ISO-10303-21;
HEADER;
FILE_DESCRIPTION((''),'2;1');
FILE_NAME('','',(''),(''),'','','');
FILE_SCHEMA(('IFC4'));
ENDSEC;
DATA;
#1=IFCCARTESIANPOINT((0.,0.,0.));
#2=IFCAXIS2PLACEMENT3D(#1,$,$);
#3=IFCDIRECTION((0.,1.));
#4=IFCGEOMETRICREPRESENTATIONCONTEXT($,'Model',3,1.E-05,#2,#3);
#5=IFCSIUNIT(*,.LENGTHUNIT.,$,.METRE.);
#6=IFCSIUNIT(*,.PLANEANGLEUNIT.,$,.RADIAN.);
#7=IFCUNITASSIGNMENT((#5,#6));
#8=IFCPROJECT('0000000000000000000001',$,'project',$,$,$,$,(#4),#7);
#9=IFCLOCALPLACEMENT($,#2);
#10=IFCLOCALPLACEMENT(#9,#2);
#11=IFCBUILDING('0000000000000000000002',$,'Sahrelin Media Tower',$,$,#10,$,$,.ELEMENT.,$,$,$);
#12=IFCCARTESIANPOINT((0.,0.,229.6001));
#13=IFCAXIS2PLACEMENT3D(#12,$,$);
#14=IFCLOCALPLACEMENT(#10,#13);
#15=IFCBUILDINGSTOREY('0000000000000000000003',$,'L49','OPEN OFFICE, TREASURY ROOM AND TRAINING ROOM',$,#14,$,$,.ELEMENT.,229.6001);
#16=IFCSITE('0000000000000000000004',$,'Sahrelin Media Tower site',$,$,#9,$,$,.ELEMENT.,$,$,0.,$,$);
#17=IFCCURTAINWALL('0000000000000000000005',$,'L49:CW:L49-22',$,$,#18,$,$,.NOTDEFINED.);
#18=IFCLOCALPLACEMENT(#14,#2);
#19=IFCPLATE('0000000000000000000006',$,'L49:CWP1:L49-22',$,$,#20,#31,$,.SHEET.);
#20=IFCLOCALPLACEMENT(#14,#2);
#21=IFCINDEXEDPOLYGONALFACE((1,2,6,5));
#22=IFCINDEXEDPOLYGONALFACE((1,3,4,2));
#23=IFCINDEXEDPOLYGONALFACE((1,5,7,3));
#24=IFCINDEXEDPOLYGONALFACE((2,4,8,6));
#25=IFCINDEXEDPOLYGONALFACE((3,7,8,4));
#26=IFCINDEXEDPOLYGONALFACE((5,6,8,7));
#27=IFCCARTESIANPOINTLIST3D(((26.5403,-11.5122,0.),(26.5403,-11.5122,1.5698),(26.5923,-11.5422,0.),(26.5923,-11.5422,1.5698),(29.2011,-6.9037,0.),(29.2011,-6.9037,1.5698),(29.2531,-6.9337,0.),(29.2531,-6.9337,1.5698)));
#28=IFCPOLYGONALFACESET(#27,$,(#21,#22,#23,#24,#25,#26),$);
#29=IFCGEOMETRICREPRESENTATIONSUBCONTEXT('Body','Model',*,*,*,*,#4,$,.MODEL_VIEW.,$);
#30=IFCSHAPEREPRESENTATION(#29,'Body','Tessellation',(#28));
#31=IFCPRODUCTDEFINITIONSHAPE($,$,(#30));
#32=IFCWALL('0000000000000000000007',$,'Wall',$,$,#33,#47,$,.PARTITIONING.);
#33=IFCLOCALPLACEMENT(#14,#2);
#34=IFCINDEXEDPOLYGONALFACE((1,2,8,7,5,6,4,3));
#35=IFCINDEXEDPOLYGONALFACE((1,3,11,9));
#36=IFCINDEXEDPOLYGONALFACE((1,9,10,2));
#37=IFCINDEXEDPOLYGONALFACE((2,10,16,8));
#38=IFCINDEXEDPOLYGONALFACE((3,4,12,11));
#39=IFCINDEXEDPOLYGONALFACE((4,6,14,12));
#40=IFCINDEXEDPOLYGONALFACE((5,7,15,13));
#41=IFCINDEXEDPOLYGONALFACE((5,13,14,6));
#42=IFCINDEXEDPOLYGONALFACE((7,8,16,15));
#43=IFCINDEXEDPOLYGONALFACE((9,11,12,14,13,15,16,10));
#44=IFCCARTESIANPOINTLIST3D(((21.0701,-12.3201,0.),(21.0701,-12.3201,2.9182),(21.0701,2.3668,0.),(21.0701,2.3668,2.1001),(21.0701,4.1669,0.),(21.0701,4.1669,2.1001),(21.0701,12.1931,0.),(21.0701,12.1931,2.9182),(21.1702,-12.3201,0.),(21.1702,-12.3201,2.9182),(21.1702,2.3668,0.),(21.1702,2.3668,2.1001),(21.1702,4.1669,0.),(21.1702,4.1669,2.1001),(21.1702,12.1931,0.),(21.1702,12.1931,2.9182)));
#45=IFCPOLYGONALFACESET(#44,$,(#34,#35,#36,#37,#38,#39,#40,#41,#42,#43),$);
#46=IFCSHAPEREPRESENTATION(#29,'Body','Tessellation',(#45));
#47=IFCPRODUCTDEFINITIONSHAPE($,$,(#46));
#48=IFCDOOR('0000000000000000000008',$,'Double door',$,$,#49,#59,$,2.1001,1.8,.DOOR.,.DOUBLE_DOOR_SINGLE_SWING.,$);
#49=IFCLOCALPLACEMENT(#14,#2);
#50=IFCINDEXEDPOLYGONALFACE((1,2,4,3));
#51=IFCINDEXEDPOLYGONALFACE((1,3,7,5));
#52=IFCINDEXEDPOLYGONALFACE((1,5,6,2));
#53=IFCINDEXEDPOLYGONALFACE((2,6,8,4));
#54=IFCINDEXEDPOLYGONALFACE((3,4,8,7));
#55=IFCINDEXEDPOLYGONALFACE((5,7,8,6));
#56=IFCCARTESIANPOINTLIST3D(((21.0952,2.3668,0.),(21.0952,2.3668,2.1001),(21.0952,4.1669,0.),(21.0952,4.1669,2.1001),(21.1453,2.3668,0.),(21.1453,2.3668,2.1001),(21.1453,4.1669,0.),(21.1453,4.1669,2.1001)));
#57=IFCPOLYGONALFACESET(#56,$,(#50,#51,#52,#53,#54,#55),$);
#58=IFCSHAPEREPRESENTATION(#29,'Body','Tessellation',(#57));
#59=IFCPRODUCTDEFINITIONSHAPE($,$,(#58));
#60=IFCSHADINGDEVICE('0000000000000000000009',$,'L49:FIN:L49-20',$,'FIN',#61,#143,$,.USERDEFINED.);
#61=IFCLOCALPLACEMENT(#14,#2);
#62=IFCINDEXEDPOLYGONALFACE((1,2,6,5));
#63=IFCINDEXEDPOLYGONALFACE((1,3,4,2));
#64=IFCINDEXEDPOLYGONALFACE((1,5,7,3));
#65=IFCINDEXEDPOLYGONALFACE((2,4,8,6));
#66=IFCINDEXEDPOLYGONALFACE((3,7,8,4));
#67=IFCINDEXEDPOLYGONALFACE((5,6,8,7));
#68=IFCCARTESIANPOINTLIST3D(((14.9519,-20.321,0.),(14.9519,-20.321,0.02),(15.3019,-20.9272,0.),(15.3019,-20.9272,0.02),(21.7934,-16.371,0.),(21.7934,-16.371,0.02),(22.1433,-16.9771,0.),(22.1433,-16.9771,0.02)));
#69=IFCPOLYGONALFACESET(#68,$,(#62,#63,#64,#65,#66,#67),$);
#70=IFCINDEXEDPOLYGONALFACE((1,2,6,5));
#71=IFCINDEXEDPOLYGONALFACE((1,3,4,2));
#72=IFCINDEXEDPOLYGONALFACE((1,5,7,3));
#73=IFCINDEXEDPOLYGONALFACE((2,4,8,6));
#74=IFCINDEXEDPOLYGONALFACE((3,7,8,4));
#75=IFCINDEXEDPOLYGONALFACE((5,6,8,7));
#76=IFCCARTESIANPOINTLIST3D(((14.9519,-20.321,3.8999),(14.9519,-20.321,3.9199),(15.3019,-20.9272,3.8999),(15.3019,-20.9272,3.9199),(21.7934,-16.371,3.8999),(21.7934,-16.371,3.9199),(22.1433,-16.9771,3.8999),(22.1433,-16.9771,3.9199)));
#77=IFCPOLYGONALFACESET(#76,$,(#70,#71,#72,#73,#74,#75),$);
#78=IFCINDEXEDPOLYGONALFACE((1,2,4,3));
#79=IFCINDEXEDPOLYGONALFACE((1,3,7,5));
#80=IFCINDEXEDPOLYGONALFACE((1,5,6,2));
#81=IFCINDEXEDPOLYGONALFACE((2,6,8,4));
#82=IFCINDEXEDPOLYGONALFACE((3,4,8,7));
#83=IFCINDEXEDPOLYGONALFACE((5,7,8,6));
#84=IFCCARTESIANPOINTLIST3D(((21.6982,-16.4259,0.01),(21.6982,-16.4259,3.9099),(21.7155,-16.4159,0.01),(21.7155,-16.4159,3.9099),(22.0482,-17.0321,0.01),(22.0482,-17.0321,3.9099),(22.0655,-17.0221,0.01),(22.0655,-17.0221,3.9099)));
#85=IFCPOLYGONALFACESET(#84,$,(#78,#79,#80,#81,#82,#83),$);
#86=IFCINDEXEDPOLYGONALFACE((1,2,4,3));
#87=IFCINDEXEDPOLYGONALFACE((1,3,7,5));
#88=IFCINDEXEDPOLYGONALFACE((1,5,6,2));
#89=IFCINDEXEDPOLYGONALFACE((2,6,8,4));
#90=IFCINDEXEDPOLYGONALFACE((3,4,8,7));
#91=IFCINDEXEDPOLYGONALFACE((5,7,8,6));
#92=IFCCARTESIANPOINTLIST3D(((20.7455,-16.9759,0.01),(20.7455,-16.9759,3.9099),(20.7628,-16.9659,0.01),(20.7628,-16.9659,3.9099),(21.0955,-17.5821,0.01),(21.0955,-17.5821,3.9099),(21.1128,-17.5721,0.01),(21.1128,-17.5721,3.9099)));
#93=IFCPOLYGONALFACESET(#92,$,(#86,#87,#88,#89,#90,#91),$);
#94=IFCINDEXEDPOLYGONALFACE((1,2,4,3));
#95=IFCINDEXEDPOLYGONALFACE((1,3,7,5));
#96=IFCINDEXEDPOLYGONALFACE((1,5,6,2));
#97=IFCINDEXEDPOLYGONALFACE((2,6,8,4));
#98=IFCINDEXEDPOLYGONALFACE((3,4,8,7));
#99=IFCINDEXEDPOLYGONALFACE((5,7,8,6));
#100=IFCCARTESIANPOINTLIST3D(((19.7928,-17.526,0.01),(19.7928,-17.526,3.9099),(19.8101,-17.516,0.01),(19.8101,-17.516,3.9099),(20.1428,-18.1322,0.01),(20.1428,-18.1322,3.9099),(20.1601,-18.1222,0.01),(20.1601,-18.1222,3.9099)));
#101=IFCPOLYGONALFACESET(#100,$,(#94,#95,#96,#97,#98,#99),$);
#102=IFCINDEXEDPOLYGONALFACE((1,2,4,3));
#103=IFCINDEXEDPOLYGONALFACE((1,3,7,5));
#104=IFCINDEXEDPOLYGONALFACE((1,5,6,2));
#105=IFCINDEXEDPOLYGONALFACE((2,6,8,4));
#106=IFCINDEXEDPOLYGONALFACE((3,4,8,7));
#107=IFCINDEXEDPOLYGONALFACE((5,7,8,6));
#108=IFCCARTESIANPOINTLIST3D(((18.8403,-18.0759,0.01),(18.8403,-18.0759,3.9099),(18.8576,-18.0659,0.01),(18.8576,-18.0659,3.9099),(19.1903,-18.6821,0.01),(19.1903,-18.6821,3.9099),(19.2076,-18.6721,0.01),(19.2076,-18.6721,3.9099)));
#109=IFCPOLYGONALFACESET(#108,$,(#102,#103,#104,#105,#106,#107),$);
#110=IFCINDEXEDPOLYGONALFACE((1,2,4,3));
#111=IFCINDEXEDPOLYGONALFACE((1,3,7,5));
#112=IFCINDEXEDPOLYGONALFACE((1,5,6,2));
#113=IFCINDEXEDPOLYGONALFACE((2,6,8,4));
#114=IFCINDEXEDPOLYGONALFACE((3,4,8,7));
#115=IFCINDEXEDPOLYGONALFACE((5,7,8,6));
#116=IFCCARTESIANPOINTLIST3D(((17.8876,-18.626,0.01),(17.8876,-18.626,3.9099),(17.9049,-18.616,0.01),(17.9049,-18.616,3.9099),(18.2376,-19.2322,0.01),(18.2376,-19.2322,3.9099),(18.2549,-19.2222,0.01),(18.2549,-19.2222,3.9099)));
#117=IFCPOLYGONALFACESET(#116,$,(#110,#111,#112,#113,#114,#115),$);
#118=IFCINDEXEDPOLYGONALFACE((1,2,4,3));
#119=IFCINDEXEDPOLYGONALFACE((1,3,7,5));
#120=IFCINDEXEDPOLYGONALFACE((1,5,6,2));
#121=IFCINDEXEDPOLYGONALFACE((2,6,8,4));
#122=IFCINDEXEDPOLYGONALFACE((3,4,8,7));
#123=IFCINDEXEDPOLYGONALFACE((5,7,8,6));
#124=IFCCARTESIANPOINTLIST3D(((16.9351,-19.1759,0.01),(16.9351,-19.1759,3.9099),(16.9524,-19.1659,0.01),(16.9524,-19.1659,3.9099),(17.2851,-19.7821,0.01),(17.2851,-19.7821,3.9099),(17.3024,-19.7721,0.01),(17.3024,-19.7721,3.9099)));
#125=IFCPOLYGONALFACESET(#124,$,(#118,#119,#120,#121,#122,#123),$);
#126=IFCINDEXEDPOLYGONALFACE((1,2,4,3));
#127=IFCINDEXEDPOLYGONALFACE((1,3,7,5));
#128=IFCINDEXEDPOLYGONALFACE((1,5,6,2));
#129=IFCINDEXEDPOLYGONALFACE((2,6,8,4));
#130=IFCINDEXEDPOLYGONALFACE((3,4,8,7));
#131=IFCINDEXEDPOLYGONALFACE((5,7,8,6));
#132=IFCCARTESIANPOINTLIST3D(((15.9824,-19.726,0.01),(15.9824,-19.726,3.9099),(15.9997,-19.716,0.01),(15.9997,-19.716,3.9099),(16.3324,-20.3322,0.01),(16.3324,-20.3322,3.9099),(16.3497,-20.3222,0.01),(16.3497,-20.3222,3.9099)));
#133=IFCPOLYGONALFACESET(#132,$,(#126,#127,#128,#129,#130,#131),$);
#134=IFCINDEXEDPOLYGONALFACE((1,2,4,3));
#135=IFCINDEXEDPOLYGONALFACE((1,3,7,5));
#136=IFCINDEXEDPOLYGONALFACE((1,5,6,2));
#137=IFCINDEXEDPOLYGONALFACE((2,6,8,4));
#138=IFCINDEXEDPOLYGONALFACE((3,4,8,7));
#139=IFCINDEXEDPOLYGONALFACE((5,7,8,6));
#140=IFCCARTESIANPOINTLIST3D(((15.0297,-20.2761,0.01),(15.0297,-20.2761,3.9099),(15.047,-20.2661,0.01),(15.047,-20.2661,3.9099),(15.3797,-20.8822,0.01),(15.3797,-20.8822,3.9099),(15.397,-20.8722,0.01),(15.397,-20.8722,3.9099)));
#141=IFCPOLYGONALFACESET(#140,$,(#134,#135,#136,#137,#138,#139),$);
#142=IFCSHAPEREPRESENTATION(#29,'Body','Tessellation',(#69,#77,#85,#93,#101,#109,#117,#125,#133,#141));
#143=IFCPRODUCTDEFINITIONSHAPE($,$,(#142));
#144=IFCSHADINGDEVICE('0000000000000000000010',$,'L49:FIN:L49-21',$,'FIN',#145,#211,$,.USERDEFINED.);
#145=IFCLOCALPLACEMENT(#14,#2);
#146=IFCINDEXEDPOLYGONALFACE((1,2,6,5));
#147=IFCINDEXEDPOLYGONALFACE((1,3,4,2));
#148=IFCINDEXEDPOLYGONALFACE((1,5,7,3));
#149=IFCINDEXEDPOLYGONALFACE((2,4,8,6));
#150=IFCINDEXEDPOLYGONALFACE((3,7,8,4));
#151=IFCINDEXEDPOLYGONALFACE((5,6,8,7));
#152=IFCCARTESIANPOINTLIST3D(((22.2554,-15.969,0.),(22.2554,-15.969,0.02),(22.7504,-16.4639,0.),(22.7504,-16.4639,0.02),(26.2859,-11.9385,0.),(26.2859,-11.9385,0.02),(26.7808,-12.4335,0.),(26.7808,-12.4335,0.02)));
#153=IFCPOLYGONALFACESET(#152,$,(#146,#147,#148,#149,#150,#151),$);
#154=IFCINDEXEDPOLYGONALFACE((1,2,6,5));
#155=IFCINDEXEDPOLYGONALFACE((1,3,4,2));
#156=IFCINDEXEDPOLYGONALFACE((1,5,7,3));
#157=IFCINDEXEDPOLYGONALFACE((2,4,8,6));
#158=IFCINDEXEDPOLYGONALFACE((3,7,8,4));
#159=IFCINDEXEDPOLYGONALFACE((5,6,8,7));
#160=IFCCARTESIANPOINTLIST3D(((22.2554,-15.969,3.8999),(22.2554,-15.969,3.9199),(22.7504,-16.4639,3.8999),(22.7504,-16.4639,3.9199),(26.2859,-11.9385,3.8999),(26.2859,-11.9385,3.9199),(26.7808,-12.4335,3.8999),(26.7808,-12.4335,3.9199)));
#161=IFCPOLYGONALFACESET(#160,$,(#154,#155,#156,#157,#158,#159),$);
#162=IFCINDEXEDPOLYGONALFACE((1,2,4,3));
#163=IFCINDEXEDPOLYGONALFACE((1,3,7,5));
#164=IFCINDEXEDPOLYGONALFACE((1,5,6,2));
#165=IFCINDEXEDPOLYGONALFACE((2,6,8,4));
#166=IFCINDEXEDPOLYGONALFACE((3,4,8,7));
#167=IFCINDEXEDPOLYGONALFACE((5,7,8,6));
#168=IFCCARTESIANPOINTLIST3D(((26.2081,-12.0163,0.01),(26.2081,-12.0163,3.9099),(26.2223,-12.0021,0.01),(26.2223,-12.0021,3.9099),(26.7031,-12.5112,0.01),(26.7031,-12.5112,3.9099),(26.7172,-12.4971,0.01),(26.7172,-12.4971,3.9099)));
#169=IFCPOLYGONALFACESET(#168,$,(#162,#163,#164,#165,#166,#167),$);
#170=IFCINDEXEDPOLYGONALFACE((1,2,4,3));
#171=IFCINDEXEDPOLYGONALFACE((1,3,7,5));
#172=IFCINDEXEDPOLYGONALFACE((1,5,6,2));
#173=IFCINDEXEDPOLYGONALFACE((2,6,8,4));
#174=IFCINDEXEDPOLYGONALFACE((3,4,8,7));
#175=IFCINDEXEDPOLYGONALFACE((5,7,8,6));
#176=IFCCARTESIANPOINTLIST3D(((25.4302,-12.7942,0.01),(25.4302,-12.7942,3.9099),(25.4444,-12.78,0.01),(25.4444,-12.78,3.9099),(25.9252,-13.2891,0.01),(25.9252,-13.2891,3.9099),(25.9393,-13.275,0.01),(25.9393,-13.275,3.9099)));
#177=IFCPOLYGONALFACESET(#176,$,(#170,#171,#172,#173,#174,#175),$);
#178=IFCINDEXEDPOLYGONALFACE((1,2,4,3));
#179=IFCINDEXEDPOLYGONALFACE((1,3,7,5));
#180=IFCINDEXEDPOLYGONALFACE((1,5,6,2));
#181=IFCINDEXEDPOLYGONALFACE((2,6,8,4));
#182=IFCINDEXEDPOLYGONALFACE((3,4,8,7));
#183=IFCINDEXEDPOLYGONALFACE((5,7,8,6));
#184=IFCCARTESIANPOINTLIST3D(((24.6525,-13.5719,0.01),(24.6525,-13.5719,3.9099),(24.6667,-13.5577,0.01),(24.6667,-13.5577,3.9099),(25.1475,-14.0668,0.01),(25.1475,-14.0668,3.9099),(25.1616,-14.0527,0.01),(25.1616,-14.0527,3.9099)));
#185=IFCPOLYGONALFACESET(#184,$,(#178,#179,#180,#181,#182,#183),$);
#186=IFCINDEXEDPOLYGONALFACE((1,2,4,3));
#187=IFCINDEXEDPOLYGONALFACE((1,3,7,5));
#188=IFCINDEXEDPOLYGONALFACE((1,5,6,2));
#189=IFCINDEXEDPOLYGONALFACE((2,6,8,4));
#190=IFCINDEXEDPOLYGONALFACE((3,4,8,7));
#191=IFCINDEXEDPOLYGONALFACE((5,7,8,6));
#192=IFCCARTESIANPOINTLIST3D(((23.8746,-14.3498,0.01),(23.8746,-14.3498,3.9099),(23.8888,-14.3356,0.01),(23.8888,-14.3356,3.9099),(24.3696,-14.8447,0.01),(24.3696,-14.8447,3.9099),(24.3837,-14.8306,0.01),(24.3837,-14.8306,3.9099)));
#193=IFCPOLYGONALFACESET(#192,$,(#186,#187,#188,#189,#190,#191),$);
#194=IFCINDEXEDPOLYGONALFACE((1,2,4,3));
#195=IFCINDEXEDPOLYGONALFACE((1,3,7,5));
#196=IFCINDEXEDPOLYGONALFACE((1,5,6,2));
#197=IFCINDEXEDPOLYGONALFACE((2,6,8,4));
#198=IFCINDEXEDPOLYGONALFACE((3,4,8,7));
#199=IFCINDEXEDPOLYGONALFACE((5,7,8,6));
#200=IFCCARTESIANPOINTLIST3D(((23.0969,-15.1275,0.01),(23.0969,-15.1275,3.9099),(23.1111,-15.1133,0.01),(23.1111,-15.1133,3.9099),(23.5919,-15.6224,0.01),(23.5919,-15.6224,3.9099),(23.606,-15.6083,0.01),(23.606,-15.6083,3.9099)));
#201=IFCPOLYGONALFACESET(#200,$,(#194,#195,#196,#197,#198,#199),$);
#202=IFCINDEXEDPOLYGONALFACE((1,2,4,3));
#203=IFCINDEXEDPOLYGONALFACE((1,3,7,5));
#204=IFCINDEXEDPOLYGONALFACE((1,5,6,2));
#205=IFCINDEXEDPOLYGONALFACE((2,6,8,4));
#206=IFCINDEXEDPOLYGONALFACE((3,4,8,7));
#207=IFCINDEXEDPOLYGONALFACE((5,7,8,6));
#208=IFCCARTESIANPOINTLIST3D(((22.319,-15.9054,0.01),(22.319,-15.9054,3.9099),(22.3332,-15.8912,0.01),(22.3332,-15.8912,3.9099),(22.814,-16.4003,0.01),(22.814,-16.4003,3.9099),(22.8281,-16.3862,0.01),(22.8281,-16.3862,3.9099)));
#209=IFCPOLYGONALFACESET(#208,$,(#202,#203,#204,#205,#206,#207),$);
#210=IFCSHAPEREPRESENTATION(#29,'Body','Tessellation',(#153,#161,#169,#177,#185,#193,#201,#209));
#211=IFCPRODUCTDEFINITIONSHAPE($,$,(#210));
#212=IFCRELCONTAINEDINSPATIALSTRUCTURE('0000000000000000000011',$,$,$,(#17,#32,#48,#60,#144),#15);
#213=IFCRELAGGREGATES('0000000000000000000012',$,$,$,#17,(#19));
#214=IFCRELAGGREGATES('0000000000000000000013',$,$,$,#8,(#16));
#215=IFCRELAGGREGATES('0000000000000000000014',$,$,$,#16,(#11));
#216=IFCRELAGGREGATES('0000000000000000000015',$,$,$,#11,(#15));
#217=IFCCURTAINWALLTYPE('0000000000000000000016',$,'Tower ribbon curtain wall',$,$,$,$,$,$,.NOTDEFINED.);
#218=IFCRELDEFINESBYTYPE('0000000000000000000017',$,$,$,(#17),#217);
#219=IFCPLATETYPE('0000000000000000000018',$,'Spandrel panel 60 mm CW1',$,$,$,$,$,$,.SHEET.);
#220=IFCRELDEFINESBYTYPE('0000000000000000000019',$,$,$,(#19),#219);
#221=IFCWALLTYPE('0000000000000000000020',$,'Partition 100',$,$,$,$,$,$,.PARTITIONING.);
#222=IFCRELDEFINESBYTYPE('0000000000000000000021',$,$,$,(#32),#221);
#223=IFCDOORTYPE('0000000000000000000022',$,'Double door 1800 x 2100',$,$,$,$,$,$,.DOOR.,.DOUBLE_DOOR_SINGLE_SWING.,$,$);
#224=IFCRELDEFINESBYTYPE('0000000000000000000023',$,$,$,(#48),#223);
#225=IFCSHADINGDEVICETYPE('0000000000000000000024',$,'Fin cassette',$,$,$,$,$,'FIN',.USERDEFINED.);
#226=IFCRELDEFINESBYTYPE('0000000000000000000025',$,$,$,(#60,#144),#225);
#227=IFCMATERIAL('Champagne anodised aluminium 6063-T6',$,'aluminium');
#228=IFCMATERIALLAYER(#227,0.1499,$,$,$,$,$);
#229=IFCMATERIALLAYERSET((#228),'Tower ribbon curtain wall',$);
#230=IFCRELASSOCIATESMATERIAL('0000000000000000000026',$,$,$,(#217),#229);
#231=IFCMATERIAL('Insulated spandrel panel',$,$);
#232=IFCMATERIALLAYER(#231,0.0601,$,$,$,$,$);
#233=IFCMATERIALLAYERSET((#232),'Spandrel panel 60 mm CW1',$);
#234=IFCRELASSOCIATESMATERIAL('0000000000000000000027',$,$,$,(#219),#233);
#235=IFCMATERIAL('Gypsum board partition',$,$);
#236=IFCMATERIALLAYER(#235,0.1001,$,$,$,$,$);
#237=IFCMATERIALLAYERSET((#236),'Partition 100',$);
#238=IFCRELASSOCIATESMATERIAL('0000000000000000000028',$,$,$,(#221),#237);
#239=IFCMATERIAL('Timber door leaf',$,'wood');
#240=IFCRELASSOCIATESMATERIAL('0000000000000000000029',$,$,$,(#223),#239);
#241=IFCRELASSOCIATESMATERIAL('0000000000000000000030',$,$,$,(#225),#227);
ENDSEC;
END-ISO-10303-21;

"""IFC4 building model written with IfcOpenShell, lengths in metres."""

from ifc_helpers import new_model, si_unit, direction, frame, frame_2d, origin, origin_2d, place, context, subcontext, project, spatial, polyline, rectangle, outline, extrude, material, layer, layer_set, type_object, element, fill, aggregate, save


model = new_model("IFC4")

# Units and contexts
model_context = context("Model", 3, precision=1e-05, world=origin(), true_north=direction((0.0, 1.0)))
body_context = subcontext(model_context, "Body", "Model", "MODEL_VIEW")
ifc_project = project(units=[si_unit("LENGTHUNIT", "METRE"), si_unit("PLANEANGLEUNIT", "RADIAN")], contexts=[model_context])

# Site, building, storey
site_placement = place(None, origin())
site = spatial("IfcSite", under=ifc_project, at=site_placement, Name="Sahrelin Media Tower site", CompositionType="ELEMENT", RefElevation=0.0)
building_placement = place(site_placement, origin())
building = spatial("IfcBuilding", under=site, at=building_placement, Name="Sahrelin Media Tower", CompositionType="ELEMENT")
storey_placement = place(building_placement, frame((0.0, 0.0, 229.6001)))
storey = spatial("IfcBuildingStorey", under=building, at=storey_placement, Name="L49", Description="OPEN OFFICE, TREASURY ROOM AND TRAINING ROOM", CompositionType="ELEMENT", Elevation=229.6001)

# Shared definitions
ifc_material_1 = material(Name="Champagne anodised aluminium 6063-T6", Category="aluminium")
ifc_layer_1 = layer(ifc_material_1, 0.1499)
ifc_layer_set_1 = layer_set([ifc_layer_1], Name="Tower ribbon curtain wall")
curtain_wall_type = type_object("IfcCurtainWallType", Name="Tower ribbon curtain wall", PredefinedType="NOTDEFINED", material=ifc_layer_set_1)

# Curtain wall
curtain_wall_1_placement = place(storey_placement, frame((27.9055, -9.2278, 0.0), z_axis=(0.0, 0.0, 1.0), x_axis=(1.0, 0.0, 0.0)))
curtain_wall_1 = element("IfcCurtainWall", 1, at=curtain_wall_1_placement, inside=storey, type_object=curtain_wall_type, Name="L49:CW:L49-22", PredefinedType="NOTDEFINED")

# Plate
ifc_material_2 = material(Name="Insulated spandrel panel")
ifc_layer_2 = layer(ifc_material_2, 0.0601)
ifc_layer_set_2 = layer_set([ifc_layer_2], Name="Spandrel panel 60 mm CW1")
plate_type_1 = type_object("IfcPlateType", Name="Spandrel panel 60 mm CW1", PredefinedType="SHEET", material=ifc_layer_set_2)
plate_1_placement = place(storey_placement, frame((26.5923, -11.5422, 0.0), z_axis=(0.866018, -0.500012, 0.0), x_axis=(0.500012, 0.866018, 0.0)))
plate_1 = element("IfcPlate", 2, at=plate_1_placement, type_object=plate_type_1, Name="L49:CWP1:L49-22", PredefinedType="SHEET", context=body_context, shape_type="SweptSolid", body=[
    extrude(outline(polyline([(0.0, 0.0), (5.3215, 0.0), (5.3215, 1.5698), (0.0, 1.5698), (0.0, 0.0)])), origin(), (0.0, 0.0, -1.0), 0.0601),
])
aggregate(curtain_wall_1, [plate_1])

# Wall, opening, door
ifc_material_3 = material(Name="Gypsum board partition")
ifc_layer_3 = layer(ifc_material_3, 0.1001)
ifc_layer_set_3 = layer_set([ifc_layer_3], Name="Partition 100")
wall_type = type_object("IfcWallType", Name="Partition 100", PredefinedType="PARTITIONING", material=ifc_layer_set_3)
wall_placement = place(storey_placement, frame((21.1201, -12.3201, 0.0), z_axis=(0.0, 0.0, 1.0), x_axis=(0.0, 1.0, 0.0)))
wall = element("IfcWall", 3, at=wall_placement, inside=storey, type_object=wall_type, Name="Wall", PredefinedType="PARTITIONING", context=body_context, shape_type="SweptSolid", body=[
    extrude(rectangle(XDim=24.5132, YDim=0.1001, at=frame_2d((12.2566, 0.0))), origin(), (0.0, 0.0, 1.0), 2.9182),
])
opening_placement = place(wall_placement, frame((14.687, 0.0, 0.0)))
opening = element("IfcOpeningElement", 4, at=opening_placement, cuts=wall, PredefinedType="OPENING", context=body_context, shape_type="SweptSolid", body=[
    extrude(rectangle(XDim=1.8, YDim=2.1001, at=frame_2d((0.8999, 1.05))), frame((0.0, 0.05, 0.0), z_axis=(0.0, -1.0, 0.0), x_axis=(1.0, 0.0, 0.0)), (0.0, 0.0, 1.0), 0.1001),
])
ifc_material_4 = material(Name="Timber door leaf", Category="wood")
door_type = type_object("IfcDoorType", Name="Double door 1800 x 2100", OperationType="DOUBLE_DOOR_SINGLE_SWING", PredefinedType="DOOR", material=ifc_material_4)
door_placement = place(opening_placement, origin())
door = element("IfcDoor", 5, at=door_placement, inside=storey, type_object=door_type, Name="Double door", OperationType="DOUBLE_DOOR_SINGLE_SWING", OverallHeight=2.1001, OverallWidth=1.8, PredefinedType="DOOR", context=body_context, shape_type="SweptSolid", body=[
    extrude(rectangle(XDim=1.8, YDim=2.1001, at=frame_2d((0.8999, 1.05))), frame((0.0, 0.0249, 0.0), z_axis=(0.0, -1.0, 0.0), x_axis=(1.0, 0.0, 0.0)), (0.0, 0.0, 1.0), 0.05),
])
fill(opening, door)

# Shading devices
shading_device_type_1 = type_object("IfcShadingDeviceType", Name="Fin cassette", ElementType="FIN", PredefinedType="USERDEFINED", material=ifc_material_1)
placement_1 = place(storey_placement, frame((18.3376, -18.2854, 0.0), z_axis=(0.0, 0.0, 1.0), x_axis=(-0.866019, -0.500011, 0.0)))
element("IfcShadingDevice", 6, at=placement_1, inside=storey, type_object=shading_device_type_1, Name="L49:FIN:L49-20", ObjectType="FIN", PredefinedType="USERDEFINED", context=body_context, shape_type="SweptSolid", body=[
    extrude(rectangle(XDim=7.8999, YDim=0.7, at=origin_2d()), frame((0.0, 0.4199, 0.0)), (0.0, 0.0, 1.0), 0.02),
    extrude(rectangle(XDim=7.8999, YDim=0.7, at=origin_2d()), frame((0.0, 0.4199, 3.8999)), (0.0, 0.0, 1.0), 0.02),
    extrude(rectangle(XDim=0.02, YDim=0.7, at=origin_2d()), frame((-3.8501, 0.4199, 0.01), z_axis=(0.0, 0.0, 1.0), x_axis=(1.0, 0.0, 0.0)), (0.0, 0.0, 1.0), 3.8999),
    extrude(rectangle(XDim=0.02, YDim=0.7, at=origin_2d()), frame((-2.75, 0.4199, 0.01), z_axis=(0.0, 0.0, 1.0), x_axis=(1.0, 0.0, 0.0)), (0.0, 0.0, 1.0), 3.8999),
    extrude(rectangle(XDim=0.02, YDim=0.7, at=origin_2d()), frame((-1.6499, 0.4199, 0.01), z_axis=(0.0, 0.0, 1.0), x_axis=(1.0, 0.0, 0.0)), (0.0, 0.0, 1.0), 3.8999),
    extrude(rectangle(XDim=0.02, YDim=0.7, at=origin_2d()), frame((-0.55, 0.4199, 0.01), z_axis=(0.0, 0.0, 1.0), x_axis=(1.0, 0.0, 0.0)), (0.0, 0.0, 1.0), 3.8999),
    extrude(rectangle(XDim=0.02, YDim=0.7, at=origin_2d()), frame((0.55, 0.4199, 0.01), z_axis=(0.0, 0.0, 1.0), x_axis=(1.0, 0.0, 0.0)), (0.0, 0.0, 1.0), 3.8999),
    extrude(rectangle(XDim=0.02, YDim=0.7, at=origin_2d()), frame((1.6499, 0.4199, 0.01), z_axis=(0.0, 0.0, 1.0), x_axis=(1.0, 0.0, 0.0)), (0.0, 0.0, 1.0), 3.8999),
    extrude(rectangle(XDim=0.02, YDim=0.7, at=origin_2d()), frame((2.75, 0.4199, 0.01), z_axis=(0.0, 0.0, 1.0), x_axis=(1.0, 0.0, 0.0)), (0.0, 0.0, 1.0), 3.8999),
    extrude(rectangle(XDim=0.02, YDim=0.7, at=origin_2d()), frame((3.8501, 0.4199, 0.01), z_axis=(0.0, 0.0, 1.0), x_axis=(1.0, 0.0, 0.0)), (0.0, 0.0, 1.0), 3.8999),
])
placement_2 = place(storey_placement, frame((24.2212, -13.9043, 0.0), z_axis=(0.0, 0.0, 1.0), x_axis=(-0.707107, -0.707107, 0.0)))
element("IfcShadingDevice", 7, at=placement_2, inside=storey, type_object=shading_device_type_1, Name="L49:FIN:L49-21", ObjectType="FIN", PredefinedType="USERDEFINED", context=body_context, shape_type="SweptSolid", body=[
    extrude(rectangle(XDim=5.7, YDim=0.7, at=origin_2d()), frame((0.0, 0.4199, 0.0)), (0.0, 0.0, 1.0), 0.02),
    extrude(rectangle(XDim=5.7, YDim=0.7, at=origin_2d()), frame((0.0, 0.4199, 3.8999)), (0.0, 0.0, 1.0), 0.02),
    extrude(rectangle(XDim=0.02, YDim=0.7, at=origin_2d()), frame((-2.75, 0.4199, 0.01), z_axis=(0.0, 0.0, 1.0), x_axis=(1.0, 0.0, 0.0)), (0.0, 0.0, 1.0), 3.8999),
    extrude(rectangle(XDim=0.02, YDim=0.7, at=origin_2d()), frame((-1.6499, 0.4199, 0.01), z_axis=(0.0, 0.0, 1.0), x_axis=(1.0, 0.0, 0.0)), (0.0, 0.0, 1.0), 3.8999),
    extrude(rectangle(XDim=0.02, YDim=0.7, at=origin_2d()), frame((-0.55, 0.4199, 0.01), z_axis=(0.0, 0.0, 1.0), x_axis=(1.0, 0.0, 0.0)), (0.0, 0.0, 1.0), 3.8999),
    extrude(rectangle(XDim=0.02, YDim=0.7, at=origin_2d()), frame((0.55, 0.4199, 0.01), z_axis=(0.0, 0.0, 1.0), x_axis=(1.0, 0.0, 0.0)), (0.0, 0.0, 1.0), 3.8999),
    extrude(rectangle(XDim=0.02, YDim=0.7, at=origin_2d()), frame((1.6499, 0.4199, 0.01), z_axis=(0.0, 0.0, 1.0), x_axis=(1.0, 0.0, 0.0)), (0.0, 0.0, 1.0), 3.8999),
    extrude(rectangle(XDim=0.02, YDim=0.7, at=origin_2d()), frame((2.75, 0.4199, 0.01), z_axis=(0.0, 0.0, 1.0), x_axis=(1.0, 0.0, 0.0)), (0.0, 0.0, 1.0), 3.8999),
])

save(model, "model.ifc")
